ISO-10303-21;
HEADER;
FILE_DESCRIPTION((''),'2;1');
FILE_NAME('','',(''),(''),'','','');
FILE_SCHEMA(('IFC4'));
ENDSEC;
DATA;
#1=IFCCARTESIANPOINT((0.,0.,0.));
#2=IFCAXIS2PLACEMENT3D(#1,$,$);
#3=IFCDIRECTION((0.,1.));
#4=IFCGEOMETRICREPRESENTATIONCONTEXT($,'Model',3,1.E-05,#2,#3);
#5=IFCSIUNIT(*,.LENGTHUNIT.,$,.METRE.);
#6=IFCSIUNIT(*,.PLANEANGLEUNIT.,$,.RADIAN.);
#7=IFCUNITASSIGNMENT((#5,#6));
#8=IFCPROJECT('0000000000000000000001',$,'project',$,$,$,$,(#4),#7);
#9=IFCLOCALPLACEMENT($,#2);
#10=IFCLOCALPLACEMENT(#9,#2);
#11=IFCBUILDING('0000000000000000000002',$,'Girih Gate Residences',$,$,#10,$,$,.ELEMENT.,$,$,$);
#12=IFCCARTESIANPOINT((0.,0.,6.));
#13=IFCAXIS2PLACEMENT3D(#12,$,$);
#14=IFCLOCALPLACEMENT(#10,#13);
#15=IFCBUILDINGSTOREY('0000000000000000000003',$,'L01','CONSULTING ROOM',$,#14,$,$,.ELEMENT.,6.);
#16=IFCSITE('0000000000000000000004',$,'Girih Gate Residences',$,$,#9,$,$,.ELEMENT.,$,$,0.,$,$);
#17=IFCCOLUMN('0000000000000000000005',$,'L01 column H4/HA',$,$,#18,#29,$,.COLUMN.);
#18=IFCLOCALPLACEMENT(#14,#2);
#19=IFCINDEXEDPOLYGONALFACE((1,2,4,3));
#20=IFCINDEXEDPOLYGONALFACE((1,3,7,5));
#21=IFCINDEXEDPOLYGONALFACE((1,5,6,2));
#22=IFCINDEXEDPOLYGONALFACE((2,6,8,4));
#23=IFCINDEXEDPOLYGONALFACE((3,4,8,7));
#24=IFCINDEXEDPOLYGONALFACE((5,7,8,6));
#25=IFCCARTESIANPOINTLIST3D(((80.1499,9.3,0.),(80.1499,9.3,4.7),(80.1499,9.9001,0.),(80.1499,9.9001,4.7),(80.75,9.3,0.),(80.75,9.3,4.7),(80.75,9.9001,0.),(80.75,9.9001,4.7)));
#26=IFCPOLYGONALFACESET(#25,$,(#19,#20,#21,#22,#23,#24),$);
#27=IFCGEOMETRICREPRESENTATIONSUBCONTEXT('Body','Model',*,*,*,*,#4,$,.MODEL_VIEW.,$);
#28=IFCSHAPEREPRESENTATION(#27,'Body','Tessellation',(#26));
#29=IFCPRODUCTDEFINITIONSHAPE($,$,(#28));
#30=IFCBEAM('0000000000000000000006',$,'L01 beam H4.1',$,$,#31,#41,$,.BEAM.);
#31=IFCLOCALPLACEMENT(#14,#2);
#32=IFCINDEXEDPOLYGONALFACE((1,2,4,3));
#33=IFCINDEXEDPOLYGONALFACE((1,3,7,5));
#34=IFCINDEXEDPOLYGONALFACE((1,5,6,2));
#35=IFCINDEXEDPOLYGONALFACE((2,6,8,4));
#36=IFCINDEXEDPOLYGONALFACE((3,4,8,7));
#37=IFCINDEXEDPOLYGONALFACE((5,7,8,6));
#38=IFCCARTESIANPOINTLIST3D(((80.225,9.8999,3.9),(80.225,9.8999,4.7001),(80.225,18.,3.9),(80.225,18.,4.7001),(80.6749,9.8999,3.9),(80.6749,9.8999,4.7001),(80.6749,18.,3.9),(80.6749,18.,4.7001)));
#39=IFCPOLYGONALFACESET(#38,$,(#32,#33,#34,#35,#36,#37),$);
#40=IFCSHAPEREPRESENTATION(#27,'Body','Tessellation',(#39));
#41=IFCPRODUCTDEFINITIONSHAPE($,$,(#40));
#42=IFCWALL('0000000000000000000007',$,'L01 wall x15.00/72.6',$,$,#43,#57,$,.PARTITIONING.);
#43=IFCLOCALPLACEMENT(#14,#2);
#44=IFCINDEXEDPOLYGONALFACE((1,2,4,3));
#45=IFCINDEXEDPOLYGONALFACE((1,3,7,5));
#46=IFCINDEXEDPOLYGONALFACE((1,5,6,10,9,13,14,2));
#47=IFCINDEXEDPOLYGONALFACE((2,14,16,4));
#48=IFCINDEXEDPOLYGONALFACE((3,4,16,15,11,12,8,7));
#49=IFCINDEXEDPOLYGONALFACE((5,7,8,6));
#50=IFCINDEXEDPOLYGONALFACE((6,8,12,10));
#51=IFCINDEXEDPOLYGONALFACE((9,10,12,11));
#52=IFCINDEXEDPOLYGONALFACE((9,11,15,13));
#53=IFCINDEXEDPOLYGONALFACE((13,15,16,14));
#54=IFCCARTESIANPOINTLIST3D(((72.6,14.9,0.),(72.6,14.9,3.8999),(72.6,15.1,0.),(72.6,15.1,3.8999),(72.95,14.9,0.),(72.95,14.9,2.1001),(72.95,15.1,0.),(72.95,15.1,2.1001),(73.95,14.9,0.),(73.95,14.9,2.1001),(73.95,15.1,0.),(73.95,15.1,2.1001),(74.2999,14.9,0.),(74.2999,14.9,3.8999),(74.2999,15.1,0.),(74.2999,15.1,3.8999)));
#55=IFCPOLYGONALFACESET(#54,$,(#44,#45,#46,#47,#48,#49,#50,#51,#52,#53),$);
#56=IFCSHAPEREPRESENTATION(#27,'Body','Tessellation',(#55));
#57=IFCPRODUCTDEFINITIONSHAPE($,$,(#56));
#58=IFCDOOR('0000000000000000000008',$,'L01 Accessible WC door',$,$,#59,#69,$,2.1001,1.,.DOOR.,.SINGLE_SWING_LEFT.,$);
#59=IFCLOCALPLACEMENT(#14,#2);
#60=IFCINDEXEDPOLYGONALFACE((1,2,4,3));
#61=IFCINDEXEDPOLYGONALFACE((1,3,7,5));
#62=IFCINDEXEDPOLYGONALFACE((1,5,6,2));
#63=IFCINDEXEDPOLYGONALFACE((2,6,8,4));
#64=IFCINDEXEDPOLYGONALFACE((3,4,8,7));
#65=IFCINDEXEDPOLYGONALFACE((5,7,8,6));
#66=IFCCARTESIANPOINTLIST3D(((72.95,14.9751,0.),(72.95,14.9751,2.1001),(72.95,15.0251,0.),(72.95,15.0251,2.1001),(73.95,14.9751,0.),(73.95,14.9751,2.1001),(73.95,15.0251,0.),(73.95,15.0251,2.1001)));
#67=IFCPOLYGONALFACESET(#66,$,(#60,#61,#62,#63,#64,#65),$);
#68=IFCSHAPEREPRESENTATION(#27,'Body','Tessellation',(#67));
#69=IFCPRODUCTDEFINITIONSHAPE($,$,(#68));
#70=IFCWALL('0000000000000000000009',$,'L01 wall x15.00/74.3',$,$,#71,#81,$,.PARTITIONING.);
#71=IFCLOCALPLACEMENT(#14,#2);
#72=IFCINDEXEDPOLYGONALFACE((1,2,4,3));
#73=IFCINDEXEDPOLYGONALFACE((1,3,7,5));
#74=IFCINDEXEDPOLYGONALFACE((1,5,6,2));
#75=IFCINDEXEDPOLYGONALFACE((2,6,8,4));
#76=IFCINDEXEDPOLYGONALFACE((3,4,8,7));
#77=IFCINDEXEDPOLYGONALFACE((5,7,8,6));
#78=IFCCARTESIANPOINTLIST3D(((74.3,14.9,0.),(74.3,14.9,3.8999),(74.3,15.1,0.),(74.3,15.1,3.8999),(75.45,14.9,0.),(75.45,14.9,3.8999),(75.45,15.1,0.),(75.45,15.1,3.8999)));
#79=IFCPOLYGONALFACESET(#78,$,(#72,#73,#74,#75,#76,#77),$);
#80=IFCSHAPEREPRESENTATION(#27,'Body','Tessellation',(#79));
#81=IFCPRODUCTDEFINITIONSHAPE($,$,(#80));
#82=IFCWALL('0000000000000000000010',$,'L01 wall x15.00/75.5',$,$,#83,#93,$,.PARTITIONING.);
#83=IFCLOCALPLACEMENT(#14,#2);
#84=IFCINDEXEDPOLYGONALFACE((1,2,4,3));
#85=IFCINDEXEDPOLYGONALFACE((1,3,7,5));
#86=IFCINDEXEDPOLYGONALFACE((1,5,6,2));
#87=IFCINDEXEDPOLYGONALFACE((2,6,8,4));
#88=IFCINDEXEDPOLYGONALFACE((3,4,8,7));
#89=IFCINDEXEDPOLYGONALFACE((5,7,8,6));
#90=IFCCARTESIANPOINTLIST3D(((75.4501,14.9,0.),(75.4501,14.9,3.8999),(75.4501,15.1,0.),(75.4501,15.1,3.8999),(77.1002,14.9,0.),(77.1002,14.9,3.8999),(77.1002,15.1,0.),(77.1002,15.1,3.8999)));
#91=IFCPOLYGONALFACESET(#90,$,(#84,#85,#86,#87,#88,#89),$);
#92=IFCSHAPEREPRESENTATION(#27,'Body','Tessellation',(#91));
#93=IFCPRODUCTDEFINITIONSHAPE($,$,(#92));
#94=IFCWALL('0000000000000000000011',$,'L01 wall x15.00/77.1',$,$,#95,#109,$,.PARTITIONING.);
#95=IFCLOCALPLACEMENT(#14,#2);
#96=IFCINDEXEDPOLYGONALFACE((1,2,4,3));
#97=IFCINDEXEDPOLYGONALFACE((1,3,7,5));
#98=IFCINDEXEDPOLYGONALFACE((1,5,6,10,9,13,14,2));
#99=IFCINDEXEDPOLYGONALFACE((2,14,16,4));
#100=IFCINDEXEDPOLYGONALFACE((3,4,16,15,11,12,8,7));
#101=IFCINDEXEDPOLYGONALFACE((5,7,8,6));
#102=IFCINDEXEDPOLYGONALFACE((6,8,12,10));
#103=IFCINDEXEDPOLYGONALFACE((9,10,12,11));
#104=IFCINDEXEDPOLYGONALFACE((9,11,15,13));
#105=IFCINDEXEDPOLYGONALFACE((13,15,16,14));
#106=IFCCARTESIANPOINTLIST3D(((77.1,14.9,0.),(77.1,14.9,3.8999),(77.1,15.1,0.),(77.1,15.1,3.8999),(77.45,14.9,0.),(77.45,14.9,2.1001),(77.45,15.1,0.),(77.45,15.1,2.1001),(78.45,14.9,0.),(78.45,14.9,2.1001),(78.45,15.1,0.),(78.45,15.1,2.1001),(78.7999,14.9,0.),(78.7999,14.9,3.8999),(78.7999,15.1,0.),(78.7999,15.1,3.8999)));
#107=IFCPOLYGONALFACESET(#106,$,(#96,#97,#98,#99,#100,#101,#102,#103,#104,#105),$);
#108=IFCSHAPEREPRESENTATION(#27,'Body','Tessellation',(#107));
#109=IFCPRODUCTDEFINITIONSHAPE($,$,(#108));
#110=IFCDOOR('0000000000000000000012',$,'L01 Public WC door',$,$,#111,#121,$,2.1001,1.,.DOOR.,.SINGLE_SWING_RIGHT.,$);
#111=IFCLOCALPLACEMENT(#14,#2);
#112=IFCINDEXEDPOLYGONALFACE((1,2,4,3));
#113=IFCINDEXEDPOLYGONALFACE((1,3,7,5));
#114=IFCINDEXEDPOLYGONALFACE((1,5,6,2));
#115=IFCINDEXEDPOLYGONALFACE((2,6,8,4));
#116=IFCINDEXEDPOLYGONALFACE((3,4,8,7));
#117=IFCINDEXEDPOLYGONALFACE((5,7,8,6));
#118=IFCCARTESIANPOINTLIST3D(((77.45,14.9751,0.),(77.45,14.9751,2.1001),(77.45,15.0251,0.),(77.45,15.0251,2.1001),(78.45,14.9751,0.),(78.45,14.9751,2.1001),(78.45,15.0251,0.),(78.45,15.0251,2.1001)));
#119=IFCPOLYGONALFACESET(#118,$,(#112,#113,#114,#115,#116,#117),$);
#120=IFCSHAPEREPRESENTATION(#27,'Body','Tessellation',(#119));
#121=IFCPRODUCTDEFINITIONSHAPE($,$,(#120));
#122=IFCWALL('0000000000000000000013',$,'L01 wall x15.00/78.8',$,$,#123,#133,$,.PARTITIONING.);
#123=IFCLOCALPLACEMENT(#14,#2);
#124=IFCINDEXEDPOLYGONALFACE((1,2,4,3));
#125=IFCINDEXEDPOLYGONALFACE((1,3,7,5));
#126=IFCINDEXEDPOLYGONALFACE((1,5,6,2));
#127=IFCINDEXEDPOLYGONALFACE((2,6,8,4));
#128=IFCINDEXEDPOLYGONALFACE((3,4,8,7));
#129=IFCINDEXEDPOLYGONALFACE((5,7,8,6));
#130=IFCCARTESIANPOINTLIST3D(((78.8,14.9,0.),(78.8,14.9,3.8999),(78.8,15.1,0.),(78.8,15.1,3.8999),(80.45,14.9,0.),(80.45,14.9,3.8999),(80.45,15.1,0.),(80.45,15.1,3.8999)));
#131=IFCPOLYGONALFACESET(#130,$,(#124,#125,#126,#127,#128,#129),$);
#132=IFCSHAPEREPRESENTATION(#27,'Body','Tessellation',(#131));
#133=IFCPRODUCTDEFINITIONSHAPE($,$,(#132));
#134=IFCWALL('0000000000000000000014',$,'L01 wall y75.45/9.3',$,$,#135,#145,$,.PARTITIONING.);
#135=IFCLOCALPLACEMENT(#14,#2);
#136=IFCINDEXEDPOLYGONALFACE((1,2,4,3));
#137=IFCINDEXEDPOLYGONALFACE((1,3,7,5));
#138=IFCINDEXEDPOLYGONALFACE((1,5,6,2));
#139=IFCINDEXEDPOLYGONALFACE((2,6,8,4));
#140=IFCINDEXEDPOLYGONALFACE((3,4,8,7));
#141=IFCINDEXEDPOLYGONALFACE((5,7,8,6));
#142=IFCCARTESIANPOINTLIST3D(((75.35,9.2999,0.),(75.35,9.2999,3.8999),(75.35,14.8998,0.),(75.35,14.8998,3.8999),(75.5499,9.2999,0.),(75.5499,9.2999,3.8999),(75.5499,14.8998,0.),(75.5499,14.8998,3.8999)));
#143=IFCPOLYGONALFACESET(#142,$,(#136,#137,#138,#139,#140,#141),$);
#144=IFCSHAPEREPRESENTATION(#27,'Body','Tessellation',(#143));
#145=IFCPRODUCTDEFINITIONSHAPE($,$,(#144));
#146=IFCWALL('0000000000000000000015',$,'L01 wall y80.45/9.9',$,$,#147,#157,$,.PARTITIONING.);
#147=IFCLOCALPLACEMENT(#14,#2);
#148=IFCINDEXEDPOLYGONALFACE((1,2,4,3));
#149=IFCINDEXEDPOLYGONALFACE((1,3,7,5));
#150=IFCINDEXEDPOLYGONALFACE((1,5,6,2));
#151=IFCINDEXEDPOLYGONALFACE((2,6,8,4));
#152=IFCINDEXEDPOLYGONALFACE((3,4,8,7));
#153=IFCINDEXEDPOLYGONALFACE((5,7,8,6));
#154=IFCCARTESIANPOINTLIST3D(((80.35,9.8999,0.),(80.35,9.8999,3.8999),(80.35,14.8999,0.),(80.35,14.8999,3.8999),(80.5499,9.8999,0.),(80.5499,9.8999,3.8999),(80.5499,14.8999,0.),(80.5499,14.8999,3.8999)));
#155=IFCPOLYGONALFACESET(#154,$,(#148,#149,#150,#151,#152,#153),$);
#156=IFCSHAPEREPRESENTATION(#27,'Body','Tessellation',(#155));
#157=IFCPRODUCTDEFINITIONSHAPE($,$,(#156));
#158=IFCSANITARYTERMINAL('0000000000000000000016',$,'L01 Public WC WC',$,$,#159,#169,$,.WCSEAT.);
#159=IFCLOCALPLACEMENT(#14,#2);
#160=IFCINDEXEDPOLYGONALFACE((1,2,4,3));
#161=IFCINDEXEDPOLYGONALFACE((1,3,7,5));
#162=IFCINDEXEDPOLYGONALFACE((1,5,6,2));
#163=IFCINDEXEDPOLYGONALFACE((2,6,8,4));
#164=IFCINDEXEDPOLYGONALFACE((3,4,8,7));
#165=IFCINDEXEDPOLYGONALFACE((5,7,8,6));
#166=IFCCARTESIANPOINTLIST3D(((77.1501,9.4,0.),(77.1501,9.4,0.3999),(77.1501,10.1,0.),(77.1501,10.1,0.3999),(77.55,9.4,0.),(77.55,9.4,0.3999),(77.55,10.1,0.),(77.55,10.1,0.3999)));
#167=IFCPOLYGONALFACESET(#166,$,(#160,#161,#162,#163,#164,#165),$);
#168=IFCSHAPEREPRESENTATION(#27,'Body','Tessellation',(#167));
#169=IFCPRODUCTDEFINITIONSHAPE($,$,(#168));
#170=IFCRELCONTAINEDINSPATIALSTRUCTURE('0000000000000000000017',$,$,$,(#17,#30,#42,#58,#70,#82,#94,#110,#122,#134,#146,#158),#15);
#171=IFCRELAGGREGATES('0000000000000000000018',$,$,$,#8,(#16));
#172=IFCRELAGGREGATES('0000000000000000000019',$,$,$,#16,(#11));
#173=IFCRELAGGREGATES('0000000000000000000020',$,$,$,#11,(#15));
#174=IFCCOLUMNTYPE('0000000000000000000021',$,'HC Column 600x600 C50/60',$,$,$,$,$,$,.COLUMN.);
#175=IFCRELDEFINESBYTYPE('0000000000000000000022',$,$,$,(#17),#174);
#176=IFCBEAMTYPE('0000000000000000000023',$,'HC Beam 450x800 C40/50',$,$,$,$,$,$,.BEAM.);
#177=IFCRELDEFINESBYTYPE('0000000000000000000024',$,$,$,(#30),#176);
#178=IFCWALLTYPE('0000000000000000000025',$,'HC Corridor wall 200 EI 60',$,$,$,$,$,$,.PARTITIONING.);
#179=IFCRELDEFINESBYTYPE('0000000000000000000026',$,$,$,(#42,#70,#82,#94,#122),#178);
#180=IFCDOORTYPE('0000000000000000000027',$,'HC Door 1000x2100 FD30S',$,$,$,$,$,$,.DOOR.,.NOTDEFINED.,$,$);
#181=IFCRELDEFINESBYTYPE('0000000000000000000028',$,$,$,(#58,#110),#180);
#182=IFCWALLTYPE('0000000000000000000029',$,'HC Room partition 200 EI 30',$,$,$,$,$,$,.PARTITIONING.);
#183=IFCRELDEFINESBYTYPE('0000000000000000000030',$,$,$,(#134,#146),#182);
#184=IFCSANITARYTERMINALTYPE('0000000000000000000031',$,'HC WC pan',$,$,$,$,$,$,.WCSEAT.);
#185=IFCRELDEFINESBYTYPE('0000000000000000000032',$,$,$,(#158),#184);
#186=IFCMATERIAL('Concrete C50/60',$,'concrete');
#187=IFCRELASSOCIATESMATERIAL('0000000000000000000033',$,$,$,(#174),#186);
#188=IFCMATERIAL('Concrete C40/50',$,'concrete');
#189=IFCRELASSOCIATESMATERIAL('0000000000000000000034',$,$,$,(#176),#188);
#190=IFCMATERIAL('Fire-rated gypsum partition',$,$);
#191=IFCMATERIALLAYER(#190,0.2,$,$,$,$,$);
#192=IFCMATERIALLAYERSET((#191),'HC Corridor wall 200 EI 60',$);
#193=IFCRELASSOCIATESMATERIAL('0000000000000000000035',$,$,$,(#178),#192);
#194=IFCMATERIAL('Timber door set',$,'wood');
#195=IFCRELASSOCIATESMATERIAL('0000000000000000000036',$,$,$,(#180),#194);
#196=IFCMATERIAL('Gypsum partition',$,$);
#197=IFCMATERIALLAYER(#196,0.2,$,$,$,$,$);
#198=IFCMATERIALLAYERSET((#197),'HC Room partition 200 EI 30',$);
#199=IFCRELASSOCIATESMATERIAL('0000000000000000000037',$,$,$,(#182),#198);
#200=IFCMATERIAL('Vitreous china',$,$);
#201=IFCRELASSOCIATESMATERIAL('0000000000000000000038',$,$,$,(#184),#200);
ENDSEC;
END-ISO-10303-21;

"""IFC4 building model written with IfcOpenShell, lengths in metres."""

from ifc_helpers import new_model, si_unit, direction, frame, frame_2d, origin, origin_2d, place, context, subcontext, project, spatial, rectangle, extrude, material, layer, layer_set, material_profile, profile_set, type_object, element, fill, save


model = new_model("IFC4")

# Units and contexts
model_context = context("Model", 3, precision=1e-05, world=origin(), true_north=direction((0.0, 1.0)))
body_context = subcontext(model_context, "Body", "Model", "MODEL_VIEW")
ifc_project = project(units=[si_unit("LENGTHUNIT", "METRE"), si_unit("PLANEANGLEUNIT", "RADIAN")], contexts=[model_context])

# Site, building, storey
site_placement = place(None, origin())
site = spatial("IfcSite", under=ifc_project, at=site_placement, Name="Girih Gate Residences", CompositionType="ELEMENT", RefElevation=0.0)
building_placement = place(site_placement, origin())
building = spatial("IfcBuilding", under=site, at=building_placement, Name="Girih Gate Residences", CompositionType="ELEMENT")
storey_placement = place(building_placement, frame((0.0, 0.0, 6.0)))
storey = spatial("IfcBuildingStorey", under=building, at=storey_placement, Name="L01", Description="CONSULTING ROOM", CompositionType="ELEMENT", Elevation=6.0)

# Column
ifc_material_1 = material(Name="Concrete C50/60", Category="concrete")
ifc_material_profile_1 = material_profile(ifc_material_1, rectangle(XDim=0.6001, YDim=0.6001, at=origin_2d()))
ifc_profile_set_1 = profile_set([ifc_material_profile_1], Name="Concrete C50/60")
column_type = type_object("IfcColumnType", Name="HC Column 600x600 C50/60", PredefinedType="COLUMN", material=ifc_profile_set_1)
column_placement = place(storey_placement, frame((80.45, 9.6001, 0.0), z_axis=(0.0, 0.0, 1.0), x_axis=(1.0, 0.0, 0.0)))
element("IfcColumn", 1, at=column_placement, inside=storey, type_object=column_type, Name="L01 column H4/HA", PredefinedType="COLUMN", context=body_context, shape_type="SweptSolid", body=[
    extrude(rectangle(XDim=0.6001, YDim=0.6001, at=origin_2d()), origin(), (0.0, 0.0, 1.0), 4.7),
])

# Beam
ifc_material_2 = material(Name="Concrete C40/50", Category="concrete")
ifc_material_profile_2 = material_profile(ifc_material_2, rectangle(XDim=0.45, YDim=0.8, at=origin_2d()))
ifc_profile_set_2 = profile_set([ifc_material_profile_2], Name="Concrete C40/50")
beam_type = type_object("IfcBeamType", Name="HC Beam 450x800 C40/50", PredefinedType="BEAM", material=ifc_profile_set_2)
beam_placement = place(storey_placement, frame((80.45, 9.8999, 4.3), z_axis=(0.0, 1.0, 0.0), x_axis=(-1.0, 0.0, 0.0)))
element("IfcBeam", 2, at=beam_placement, inside=storey, type_object=beam_type, Name="L01 beam H4.1", PredefinedType="BEAM", context=body_context, shape_type="SweptSolid", body=[
    extrude(rectangle(XDim=0.45, YDim=0.8, at=origin_2d()), origin(), (0.0, 0.0, 1.0), 8.1001),
])

# Wall, opening, door
ifc_material_3 = material(Name="Fire-rated gypsum partition")
ifc_layer_1 = layer(ifc_material_3, 0.2)
ifc_layer_set_1 = layer_set([ifc_layer_1], Name="HC Corridor wall 200 EI 60")
wall_type_1 = type_object("IfcWallType", Name="HC Corridor wall 200 EI 60", PredefinedType="PARTITIONING", material=ifc_layer_set_1)
wall_1_placement = place(storey_placement, frame((74.3, 15.0, 0.0), z_axis=(0.0, 0.0, 1.0), x_axis=(-1.0, 0.0, 0.0)))
wall_1 = element("IfcWall", 3, at=wall_1_placement, inside=storey, type_object=wall_type_1, Name="L01 wall x15.00/72.6", PredefinedType="PARTITIONING", context=body_context, shape_type="SweptSolid", body=[
    extrude(rectangle(XDim=1.7, YDim=0.2, at=frame_2d((0.8501, 0.0))), origin(), (0.0, 0.0, 1.0), 3.8999),
])
opening_1_placement = place(wall_1_placement, frame((0.3501, 0.0, 0.0)))
opening_1 = element("IfcOpeningElement", 4, at=opening_1_placement, cuts=wall_1, PredefinedType="OPENING", context=body_context, shape_type="SweptSolid", body=[
    extrude(rectangle(XDim=1.0, YDim=2.1001, at=frame_2d((0.5, 1.05))), frame((0.0, 0.1099, 0.0), z_axis=(0.0, -1.0, 0.0), x_axis=(1.0, 0.0, 0.0)), (0.0, 0.0, 1.0), 0.22),
])
ifc_material_4 = material(Name="Timber door set", Category="wood")
door_type = type_object("IfcDoorType", Name="HC Door 1000x2100 FD30S", OperationType="NOTDEFINED", PredefinedType="DOOR", material=ifc_material_4)
door_1_placement = place(opening_1_placement, origin())
door_1 = element("IfcDoor", 5, at=door_1_placement, inside=storey, type_object=door_type, Name="L01 Accessible WC door", OperationType="SINGLE_SWING_LEFT", OverallHeight=2.1001, OverallWidth=1.0, PredefinedType="DOOR", context=body_context, shape_type="SweptSolid", body=[
    extrude(rectangle(XDim=1.0, YDim=2.1001, at=frame_2d((0.5, 1.05))), frame((0.0, 0.0249, 0.0), z_axis=(0.0, -1.0, 0.0), x_axis=(1.0, 0.0, 0.0)), (0.0, 0.0, 1.0), 0.05),
])
fill(opening_1, door_1)

# Walls
wall_2_placement = place(storey_placement, frame((74.3, 15.0, 0.0), z_axis=(0.0, 0.0, 1.0), x_axis=(1.0, 0.0, 0.0)))
element("IfcWall", 6, at=wall_2_placement, inside=storey, type_object=wall_type_1, Name="L01 wall x15.00/74.3", PredefinedType="PARTITIONING", context=body_context, shape_type="SweptSolid", body=[
    extrude(rectangle(XDim=1.1499, YDim=0.2, at=frame_2d((0.575, 0.0))), origin(), (0.0, 0.0, 1.0), 3.8999),
])
wall_3_placement = place(storey_placement, frame((75.45, 15.0, 0.0), z_axis=(0.0, 0.0, 1.0), x_axis=(1.0, 0.0, 0.0)))
element("IfcWall", 7, at=wall_3_placement, inside=storey, type_object=wall_type_1, Name="L01 wall x15.00/75.5", PredefinedType="PARTITIONING", context=body_context, shape_type="SweptSolid", body=[
    extrude(rectangle(XDim=1.6501, YDim=0.2, at=frame_2d((0.8252, 0.0))), origin(), (0.0, 0.0, 1.0), 3.8999),
])

# Wall, opening, door
wall_4_placement = place(storey_placement, frame((78.8, 15.0, 0.0), z_axis=(0.0, 0.0, 1.0), x_axis=(-1.0, 0.0, 0.0)))
wall_4 = element("IfcWall", 8, at=wall_4_placement, inside=storey, type_object=wall_type_1, Name="L01 wall x15.00/77.1", PredefinedType="PARTITIONING", context=body_context, shape_type="SweptSolid", body=[
    extrude(rectangle(XDim=1.7, YDim=0.2, at=frame_2d((0.8501, 0.0))), origin(), (0.0, 0.0, 1.0), 3.8999),
])
opening_2_placement = place(wall_4_placement, frame((0.3501, 0.0, 0.0)))
opening_2 = element("IfcOpeningElement", 9, at=opening_2_placement, cuts=wall_4, PredefinedType="OPENING", context=body_context, shape_type="SweptSolid", body=[
    extrude(rectangle(XDim=1.0, YDim=2.1001, at=frame_2d((0.5, 1.05))), frame((0.0, 0.1099, 0.0), z_axis=(0.0, -1.0, 0.0), x_axis=(1.0, 0.0, 0.0)), (0.0, 0.0, 1.0), 0.22),
])
door_2_placement = place(opening_2_placement, origin())
door_2 = element("IfcDoor", 10, at=door_2_placement, inside=storey, type_object=door_type, Name="L01 Public WC door", OperationType="SINGLE_SWING_RIGHT", OverallHeight=2.1001, OverallWidth=1.0, PredefinedType="DOOR", context=body_context, shape_type="SweptSolid", body=[
    extrude(rectangle(XDim=1.0, YDim=2.1001, at=frame_2d((0.5, 1.05))), frame((0.0, 0.0249, 0.0), z_axis=(0.0, -1.0, 0.0), x_axis=(1.0, 0.0, 0.0)), (0.0, 0.0, 1.0), 0.05),
])
fill(opening_2, door_2)

# Walls
wall_5_placement = place(storey_placement, frame((78.8, 15.0, 0.0), z_axis=(0.0, 0.0, 1.0), x_axis=(1.0, 0.0, 0.0)))
element("IfcWall", 11, at=wall_5_placement, inside=storey, type_object=wall_type_1, Name="L01 wall x15.00/78.8", PredefinedType="PARTITIONING", context=body_context, shape_type="SweptSolid", body=[
    extrude(rectangle(XDim=1.6499, YDim=0.2, at=frame_2d((0.825, 0.0))), origin(), (0.0, 0.0, 1.0), 3.8999),
])
ifc_material_5 = material(Name="Gypsum partition")
ifc_layer_2 = layer(ifc_material_5, 0.2)
ifc_layer_set_2 = layer_set([ifc_layer_2], Name="HC Room partition 200 EI 30")
wall_type_2 = type_object("IfcWallType", Name="HC Room partition 200 EI 30", PredefinedType="PARTITIONING", material=ifc_layer_set_2)
wall_6_placement = place(storey_placement, frame((75.45, 9.3, 0.0), z_axis=(0.0, 0.0, 1.0), x_axis=(0.0, 1.0, 0.0)))
element("IfcWall", 12, at=wall_6_placement, inside=storey, type_object=wall_type_2, Name="L01 wall y75.45/9.3", PredefinedType="PARTITIONING", context=body_context, shape_type="SweptSolid", body=[
    extrude(rectangle(XDim=5.5999, YDim=0.2, at=frame_2d((2.7998, 0.0))), origin(), (0.0, 0.0, 1.0), 3.8999),
])
wall_7_placement = place(storey_placement, frame((80.45, 9.8999, 0.0), z_axis=(0.0, 0.0, 1.0), x_axis=(0.0, 1.0, 0.0)))
element("IfcWall", 13, at=wall_7_placement, inside=storey, type_object=wall_type_2, Name="L01 wall y80.45/9.9", PredefinedType="PARTITIONING", context=body_context, shape_type="SweptSolid", body=[
    extrude(rectangle(XDim=5.0, YDim=0.2, at=frame_2d((2.5, 0.0))), origin(), (0.0, 0.0, 1.0), 3.8999),
])

# Sanitary terminal
ifc_material_6 = material(Name="Vitreous china")
sanitary_terminal_type_1 = type_object("IfcSanitaryTerminalType", Name="HC WC pan", PredefinedType="WCSEAT", material=ifc_material_6)
sanitary_terminal_1_placement = place(storey_placement, frame((77.3501, 9.75, 0.0), z_axis=(0.0, 0.0, 1.0), x_axis=(1.0, 0.0, 0.0)))
element("IfcSanitaryTerminal", 14, at=sanitary_terminal_1_placement, inside=storey, type_object=sanitary_terminal_type_1, Name="L01 Public WC WC", PredefinedType="WCSEAT", context=body_context, shape_type="SweptSolid", body=[
    extrude(rectangle(XDim=0.3999, YDim=0.7, at=origin_2d()), origin(), (0.0, 0.0, 1.0), 0.3999),
])

save(model, "model.ifc")
